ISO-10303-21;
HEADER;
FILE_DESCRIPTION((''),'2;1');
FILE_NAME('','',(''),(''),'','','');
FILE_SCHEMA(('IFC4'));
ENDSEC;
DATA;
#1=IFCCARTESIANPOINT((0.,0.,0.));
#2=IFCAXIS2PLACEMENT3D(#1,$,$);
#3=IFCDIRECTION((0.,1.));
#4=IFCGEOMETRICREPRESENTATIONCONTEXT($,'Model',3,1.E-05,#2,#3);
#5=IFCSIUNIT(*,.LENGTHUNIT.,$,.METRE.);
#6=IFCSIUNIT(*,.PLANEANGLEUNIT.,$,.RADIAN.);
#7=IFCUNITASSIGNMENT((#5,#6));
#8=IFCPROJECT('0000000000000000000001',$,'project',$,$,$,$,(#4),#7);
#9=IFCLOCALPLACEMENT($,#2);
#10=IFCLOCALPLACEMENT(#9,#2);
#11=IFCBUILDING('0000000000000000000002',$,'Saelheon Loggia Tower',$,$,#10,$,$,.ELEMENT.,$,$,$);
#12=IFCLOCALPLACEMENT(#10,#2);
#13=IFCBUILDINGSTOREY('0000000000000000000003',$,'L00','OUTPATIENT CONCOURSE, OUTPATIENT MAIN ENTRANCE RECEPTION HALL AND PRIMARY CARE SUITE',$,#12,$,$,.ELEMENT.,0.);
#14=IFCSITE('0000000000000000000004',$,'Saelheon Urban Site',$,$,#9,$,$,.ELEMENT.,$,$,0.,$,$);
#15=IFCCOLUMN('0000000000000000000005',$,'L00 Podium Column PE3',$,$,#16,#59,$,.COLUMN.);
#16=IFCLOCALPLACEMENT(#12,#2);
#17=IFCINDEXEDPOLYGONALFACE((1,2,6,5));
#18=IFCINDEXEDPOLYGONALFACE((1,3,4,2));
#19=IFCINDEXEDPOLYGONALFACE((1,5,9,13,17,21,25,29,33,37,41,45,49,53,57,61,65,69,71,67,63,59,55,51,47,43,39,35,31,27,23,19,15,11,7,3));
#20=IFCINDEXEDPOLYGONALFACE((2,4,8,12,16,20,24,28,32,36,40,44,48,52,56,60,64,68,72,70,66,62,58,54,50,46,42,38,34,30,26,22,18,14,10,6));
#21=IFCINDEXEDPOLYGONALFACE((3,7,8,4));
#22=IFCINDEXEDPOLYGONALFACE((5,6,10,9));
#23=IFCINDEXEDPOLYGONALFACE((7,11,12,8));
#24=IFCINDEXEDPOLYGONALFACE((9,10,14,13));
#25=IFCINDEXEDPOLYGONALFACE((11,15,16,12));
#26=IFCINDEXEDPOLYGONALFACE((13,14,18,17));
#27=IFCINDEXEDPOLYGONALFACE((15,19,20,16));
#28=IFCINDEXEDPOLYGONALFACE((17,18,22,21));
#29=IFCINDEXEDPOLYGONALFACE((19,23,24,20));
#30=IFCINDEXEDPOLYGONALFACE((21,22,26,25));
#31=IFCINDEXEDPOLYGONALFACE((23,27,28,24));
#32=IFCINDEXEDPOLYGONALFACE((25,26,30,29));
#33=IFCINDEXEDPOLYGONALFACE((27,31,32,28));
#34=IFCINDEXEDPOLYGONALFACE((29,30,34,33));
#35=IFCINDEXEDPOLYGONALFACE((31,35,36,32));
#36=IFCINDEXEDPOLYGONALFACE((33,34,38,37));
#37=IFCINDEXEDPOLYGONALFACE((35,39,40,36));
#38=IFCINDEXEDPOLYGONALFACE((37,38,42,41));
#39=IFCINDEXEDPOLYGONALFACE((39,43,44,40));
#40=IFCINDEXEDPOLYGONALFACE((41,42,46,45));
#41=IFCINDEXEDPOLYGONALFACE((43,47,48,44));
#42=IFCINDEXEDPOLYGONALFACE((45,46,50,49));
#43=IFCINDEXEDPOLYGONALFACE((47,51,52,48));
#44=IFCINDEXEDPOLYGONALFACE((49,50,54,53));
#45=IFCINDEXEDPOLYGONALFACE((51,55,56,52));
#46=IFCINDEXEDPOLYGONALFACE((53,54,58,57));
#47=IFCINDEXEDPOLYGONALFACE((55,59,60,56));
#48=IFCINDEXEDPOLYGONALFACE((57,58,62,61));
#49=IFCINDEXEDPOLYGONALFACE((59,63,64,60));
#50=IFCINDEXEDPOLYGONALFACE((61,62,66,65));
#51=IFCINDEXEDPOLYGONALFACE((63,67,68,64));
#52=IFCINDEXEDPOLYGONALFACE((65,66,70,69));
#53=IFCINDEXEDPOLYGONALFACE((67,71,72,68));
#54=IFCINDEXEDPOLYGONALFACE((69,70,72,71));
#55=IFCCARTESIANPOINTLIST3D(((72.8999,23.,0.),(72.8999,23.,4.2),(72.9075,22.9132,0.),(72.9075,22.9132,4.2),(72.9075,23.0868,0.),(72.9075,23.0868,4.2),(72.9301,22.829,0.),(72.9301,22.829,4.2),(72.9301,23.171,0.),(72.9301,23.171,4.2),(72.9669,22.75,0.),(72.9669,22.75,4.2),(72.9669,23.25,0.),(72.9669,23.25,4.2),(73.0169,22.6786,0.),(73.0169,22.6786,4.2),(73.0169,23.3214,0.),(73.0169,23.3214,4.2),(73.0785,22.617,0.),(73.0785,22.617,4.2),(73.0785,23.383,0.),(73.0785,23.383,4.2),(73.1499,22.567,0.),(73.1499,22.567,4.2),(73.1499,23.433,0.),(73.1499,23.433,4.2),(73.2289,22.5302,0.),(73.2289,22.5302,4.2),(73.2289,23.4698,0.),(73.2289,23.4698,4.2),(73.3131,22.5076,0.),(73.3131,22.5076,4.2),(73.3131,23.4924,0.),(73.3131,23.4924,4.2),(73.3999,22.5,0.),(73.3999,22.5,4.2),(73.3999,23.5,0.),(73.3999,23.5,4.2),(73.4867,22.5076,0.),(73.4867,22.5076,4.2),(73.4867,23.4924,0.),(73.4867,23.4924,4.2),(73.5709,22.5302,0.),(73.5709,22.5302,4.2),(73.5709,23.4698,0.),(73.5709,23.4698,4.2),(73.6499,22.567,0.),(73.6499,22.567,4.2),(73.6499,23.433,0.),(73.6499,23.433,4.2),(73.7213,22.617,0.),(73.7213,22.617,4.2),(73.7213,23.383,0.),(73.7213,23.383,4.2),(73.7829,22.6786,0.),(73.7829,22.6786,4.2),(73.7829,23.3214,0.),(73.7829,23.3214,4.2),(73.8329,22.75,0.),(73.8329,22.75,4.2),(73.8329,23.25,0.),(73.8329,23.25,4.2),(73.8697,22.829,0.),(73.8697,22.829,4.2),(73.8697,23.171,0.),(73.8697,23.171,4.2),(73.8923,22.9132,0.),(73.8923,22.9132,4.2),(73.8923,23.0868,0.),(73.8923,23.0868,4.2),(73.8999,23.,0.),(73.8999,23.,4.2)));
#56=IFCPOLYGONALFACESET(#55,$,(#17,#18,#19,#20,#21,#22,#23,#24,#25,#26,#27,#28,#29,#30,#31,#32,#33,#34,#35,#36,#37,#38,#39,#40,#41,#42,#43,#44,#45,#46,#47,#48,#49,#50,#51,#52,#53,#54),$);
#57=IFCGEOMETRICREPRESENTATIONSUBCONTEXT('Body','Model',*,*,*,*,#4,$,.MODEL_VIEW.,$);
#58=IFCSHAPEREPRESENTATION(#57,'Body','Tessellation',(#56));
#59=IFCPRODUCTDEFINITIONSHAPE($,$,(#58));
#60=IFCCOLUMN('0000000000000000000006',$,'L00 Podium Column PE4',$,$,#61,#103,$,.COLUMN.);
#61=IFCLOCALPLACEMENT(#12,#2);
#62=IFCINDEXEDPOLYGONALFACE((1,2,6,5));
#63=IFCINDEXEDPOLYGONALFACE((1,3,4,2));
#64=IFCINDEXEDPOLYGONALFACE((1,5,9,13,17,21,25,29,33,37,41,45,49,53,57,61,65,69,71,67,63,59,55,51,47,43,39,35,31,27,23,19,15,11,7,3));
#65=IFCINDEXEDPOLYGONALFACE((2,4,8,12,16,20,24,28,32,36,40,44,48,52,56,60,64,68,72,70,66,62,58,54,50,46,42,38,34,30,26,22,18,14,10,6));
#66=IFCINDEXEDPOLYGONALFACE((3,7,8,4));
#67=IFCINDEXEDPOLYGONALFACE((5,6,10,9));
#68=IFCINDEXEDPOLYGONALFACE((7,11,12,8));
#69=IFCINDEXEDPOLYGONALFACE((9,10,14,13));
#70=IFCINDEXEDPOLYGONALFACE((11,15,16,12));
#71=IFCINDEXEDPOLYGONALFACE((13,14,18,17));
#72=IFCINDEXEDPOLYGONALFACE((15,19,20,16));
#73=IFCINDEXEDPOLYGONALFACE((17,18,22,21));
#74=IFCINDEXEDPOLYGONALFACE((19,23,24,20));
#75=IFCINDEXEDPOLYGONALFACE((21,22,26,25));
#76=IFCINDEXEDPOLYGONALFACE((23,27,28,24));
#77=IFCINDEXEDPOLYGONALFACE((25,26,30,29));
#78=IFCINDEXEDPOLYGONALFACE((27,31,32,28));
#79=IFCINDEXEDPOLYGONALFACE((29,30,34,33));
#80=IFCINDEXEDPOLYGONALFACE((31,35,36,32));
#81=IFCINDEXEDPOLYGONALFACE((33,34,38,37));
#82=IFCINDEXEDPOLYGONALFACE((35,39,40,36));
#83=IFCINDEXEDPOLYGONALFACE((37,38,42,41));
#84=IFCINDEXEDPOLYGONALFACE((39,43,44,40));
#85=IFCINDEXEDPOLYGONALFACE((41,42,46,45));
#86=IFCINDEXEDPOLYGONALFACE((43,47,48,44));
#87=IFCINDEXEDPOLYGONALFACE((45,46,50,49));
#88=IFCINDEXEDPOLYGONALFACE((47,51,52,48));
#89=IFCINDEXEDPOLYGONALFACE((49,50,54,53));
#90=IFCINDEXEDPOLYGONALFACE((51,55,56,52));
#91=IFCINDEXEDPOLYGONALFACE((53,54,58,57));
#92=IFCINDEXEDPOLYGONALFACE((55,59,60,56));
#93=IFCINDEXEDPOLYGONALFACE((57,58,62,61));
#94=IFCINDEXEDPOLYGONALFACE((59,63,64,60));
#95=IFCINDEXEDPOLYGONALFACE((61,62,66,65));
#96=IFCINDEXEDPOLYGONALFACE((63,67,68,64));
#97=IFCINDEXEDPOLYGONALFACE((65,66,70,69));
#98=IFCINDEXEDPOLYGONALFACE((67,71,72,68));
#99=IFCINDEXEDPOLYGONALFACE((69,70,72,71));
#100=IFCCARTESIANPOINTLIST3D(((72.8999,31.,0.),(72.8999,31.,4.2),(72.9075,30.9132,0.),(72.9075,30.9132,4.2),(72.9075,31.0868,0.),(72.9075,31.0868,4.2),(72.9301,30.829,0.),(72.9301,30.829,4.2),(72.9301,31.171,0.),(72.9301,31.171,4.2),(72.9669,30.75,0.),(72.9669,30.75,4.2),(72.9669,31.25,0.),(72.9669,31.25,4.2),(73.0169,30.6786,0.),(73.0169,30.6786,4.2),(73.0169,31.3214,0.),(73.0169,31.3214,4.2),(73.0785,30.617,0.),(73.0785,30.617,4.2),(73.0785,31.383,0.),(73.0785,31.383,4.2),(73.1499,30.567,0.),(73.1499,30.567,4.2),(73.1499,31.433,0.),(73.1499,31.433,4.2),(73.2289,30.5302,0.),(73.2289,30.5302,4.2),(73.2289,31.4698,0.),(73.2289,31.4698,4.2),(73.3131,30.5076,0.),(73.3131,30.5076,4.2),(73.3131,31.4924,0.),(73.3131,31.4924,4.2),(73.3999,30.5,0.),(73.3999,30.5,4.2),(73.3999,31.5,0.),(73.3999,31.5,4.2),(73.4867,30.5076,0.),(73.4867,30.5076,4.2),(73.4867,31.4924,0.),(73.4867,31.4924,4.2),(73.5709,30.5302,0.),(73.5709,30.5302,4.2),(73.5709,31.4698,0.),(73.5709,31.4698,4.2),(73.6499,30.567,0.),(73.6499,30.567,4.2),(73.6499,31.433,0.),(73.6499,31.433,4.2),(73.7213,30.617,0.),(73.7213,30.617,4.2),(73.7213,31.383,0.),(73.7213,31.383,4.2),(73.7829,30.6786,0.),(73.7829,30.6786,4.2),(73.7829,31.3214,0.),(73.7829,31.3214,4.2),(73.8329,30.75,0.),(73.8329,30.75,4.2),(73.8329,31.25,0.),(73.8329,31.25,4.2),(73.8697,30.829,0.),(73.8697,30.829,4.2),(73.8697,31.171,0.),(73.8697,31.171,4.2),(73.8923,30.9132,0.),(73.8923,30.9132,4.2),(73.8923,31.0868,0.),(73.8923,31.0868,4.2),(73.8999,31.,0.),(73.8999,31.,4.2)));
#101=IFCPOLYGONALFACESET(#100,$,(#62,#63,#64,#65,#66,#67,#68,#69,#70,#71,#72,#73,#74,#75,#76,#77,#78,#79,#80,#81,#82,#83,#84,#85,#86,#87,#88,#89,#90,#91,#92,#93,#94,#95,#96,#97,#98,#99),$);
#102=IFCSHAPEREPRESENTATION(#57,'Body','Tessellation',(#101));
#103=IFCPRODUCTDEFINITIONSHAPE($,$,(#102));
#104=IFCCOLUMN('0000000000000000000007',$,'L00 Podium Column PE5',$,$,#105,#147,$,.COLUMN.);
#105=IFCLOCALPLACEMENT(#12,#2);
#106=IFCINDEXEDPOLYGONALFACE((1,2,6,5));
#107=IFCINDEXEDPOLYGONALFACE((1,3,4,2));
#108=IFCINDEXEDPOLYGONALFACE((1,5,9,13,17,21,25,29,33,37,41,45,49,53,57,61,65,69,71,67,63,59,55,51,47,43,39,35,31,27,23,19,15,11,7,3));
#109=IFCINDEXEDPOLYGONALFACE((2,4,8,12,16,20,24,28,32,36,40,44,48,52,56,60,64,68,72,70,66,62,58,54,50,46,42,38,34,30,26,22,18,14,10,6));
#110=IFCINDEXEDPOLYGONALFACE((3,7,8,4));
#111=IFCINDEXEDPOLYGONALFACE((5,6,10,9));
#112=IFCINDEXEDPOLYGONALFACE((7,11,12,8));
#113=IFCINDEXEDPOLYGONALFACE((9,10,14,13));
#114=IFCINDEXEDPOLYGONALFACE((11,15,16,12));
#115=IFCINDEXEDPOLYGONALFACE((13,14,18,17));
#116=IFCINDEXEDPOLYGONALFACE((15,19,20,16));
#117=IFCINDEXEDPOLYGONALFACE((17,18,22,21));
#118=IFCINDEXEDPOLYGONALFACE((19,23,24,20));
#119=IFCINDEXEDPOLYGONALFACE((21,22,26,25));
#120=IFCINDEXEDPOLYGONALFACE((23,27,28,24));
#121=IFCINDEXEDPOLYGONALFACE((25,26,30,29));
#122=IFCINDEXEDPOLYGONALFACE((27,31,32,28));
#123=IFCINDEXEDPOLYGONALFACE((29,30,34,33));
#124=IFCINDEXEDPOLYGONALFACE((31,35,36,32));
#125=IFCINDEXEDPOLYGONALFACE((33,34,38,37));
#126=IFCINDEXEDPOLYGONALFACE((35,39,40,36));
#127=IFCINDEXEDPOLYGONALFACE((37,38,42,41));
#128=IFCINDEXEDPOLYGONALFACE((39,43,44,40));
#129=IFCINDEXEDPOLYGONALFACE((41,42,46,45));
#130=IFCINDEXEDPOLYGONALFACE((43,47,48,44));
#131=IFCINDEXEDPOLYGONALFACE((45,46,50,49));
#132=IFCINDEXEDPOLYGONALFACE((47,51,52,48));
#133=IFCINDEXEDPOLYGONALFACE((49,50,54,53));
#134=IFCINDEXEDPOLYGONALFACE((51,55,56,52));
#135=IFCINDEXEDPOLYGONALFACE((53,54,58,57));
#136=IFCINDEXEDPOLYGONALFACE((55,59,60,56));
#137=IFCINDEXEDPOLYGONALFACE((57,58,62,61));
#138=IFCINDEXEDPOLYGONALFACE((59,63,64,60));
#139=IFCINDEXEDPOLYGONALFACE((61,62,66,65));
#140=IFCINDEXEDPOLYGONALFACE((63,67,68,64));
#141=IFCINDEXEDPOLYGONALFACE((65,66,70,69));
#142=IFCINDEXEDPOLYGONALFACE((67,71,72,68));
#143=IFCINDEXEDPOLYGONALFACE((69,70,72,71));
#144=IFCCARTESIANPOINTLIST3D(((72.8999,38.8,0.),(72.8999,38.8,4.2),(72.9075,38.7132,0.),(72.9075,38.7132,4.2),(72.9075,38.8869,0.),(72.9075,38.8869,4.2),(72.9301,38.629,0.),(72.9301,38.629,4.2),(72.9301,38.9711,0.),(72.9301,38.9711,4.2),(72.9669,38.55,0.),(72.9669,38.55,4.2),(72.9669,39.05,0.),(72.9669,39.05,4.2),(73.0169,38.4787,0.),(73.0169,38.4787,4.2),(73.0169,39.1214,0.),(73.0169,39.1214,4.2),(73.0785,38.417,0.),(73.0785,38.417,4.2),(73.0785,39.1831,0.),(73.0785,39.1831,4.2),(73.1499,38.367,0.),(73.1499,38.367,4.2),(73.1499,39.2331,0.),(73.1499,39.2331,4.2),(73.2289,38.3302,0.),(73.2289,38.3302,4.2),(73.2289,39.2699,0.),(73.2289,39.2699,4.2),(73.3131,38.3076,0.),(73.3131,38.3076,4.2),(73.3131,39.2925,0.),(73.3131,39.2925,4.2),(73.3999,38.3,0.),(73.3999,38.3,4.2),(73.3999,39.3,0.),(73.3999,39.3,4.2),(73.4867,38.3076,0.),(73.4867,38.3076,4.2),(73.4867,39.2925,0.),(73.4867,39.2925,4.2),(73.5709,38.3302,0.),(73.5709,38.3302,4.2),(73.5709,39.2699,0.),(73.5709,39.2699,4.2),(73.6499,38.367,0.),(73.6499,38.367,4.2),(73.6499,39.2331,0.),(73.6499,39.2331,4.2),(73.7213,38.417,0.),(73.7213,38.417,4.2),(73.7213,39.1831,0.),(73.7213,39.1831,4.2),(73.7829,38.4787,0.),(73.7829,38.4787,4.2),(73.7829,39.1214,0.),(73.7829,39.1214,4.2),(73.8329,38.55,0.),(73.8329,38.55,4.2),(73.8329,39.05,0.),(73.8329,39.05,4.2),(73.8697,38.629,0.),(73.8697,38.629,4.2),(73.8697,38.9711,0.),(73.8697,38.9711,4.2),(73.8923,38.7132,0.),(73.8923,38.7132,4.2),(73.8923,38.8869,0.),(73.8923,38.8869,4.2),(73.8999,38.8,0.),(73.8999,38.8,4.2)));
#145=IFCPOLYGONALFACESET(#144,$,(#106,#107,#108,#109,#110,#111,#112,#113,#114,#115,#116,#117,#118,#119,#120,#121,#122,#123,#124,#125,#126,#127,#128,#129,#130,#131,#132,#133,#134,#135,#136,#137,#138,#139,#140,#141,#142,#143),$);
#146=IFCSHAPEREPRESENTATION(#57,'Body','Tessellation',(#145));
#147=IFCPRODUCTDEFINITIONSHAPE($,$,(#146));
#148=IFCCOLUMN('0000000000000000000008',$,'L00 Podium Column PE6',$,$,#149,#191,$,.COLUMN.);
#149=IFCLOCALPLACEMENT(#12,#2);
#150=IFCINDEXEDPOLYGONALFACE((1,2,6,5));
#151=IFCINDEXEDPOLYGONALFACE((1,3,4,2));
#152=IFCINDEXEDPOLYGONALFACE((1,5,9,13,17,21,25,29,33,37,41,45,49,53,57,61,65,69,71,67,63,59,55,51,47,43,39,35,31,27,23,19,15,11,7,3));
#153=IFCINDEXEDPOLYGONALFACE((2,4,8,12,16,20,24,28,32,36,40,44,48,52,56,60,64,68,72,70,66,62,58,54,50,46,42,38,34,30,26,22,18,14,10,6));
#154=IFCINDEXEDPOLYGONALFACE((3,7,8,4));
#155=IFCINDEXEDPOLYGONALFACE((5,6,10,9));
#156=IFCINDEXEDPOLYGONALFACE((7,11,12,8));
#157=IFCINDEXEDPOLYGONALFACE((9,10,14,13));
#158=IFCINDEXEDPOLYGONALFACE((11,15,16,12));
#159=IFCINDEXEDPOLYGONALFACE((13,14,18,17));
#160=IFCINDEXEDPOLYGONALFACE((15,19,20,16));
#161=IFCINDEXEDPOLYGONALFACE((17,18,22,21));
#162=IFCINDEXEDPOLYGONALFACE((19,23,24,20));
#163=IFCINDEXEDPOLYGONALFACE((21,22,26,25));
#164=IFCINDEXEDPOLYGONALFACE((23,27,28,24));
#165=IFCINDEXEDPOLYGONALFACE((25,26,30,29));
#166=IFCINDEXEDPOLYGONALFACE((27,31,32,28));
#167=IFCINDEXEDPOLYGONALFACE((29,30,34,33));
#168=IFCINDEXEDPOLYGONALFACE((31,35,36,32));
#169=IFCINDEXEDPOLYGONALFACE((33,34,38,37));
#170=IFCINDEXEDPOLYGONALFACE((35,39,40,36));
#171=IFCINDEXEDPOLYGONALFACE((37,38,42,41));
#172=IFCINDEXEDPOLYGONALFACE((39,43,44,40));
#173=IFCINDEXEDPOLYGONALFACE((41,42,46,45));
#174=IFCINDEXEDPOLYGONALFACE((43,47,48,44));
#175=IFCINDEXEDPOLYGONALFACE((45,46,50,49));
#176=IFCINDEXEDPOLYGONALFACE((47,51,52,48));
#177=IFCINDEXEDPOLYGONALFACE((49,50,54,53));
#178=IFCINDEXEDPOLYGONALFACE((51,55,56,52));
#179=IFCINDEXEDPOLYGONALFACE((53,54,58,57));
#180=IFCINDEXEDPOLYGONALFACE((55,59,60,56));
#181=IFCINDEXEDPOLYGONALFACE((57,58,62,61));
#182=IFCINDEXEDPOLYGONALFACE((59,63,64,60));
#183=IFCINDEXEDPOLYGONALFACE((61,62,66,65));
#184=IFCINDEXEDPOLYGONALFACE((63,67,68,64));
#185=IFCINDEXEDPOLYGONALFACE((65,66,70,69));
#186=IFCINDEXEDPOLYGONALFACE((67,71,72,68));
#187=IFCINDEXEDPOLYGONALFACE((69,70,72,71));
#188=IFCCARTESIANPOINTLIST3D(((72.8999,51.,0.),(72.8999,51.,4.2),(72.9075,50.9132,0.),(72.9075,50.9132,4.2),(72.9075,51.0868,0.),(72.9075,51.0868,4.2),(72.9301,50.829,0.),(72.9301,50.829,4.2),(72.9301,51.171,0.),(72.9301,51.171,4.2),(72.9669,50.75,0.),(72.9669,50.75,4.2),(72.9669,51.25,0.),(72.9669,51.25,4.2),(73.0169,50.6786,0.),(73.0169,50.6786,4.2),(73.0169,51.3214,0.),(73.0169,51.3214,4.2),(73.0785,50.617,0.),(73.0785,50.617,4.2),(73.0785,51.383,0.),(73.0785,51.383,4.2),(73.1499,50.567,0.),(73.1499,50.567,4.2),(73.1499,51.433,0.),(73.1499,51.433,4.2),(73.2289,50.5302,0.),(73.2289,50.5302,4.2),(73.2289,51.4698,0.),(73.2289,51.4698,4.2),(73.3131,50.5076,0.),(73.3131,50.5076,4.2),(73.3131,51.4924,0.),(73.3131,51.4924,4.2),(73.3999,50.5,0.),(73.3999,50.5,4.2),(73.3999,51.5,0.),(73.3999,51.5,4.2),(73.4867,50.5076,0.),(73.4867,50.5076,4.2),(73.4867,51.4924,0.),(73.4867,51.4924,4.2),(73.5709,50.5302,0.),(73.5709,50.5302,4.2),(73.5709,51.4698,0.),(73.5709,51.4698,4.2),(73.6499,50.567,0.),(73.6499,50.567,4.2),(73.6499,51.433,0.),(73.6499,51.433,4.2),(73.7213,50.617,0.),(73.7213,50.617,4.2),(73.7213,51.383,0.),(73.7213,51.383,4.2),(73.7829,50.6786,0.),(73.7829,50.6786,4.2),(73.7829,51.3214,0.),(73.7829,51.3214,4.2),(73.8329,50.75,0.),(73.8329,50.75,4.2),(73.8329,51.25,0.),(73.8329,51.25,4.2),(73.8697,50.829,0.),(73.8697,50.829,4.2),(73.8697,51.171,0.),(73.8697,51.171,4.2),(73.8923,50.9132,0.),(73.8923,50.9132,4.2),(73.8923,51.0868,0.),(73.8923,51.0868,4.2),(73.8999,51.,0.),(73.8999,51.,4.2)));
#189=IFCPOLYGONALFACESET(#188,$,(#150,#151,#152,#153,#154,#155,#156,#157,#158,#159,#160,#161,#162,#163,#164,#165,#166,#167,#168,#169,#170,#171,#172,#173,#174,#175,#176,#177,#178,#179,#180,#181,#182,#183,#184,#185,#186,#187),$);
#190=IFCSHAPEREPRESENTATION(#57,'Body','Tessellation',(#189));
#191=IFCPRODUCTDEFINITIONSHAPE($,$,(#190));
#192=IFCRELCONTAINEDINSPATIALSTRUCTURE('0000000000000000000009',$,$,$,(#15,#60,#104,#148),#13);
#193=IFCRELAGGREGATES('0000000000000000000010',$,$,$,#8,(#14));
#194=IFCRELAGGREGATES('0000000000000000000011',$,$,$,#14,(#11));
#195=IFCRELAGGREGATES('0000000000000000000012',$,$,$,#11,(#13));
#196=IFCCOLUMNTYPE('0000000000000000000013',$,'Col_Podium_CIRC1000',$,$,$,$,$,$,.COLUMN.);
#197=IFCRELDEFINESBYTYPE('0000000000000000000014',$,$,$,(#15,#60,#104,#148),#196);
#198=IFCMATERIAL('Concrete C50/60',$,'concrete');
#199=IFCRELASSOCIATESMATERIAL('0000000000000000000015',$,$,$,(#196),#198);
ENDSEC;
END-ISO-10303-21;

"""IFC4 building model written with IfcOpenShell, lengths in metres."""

from ifc_helpers import new_model, si_unit, direction, frame, origin, origin_2d, place, context, subcontext, project, spatial, circle, extrude, source, transform, mapped, material, material_profile, profile_set, type_object, element, save


model = new_model("IFC4")

# Units and contexts
model_context = context("Model", 3, precision=1e-05, world=origin(), true_north=direction((0.0, 1.0)))
body_context = subcontext(model_context, "Body", "Model", "MODEL_VIEW")
ifc_project = project(units=[si_unit("LENGTHUNIT", "METRE"), si_unit("PLANEANGLEUNIT", "RADIAN")], contexts=[model_context])

# Site, building, storey
site_placement = place(None, origin())
site = spatial("IfcSite", under=ifc_project, at=site_placement, Name="Saelheon Urban Site", CompositionType="ELEMENT", RefElevation=0.0)
building_placement = place(site_placement, origin())
building = spatial("IfcBuilding", under=site, at=building_placement, Name="Saelheon Loggia Tower", CompositionType="ELEMENT")
storey_placement = place(building_placement, origin())
storey = spatial("IfcBuildingStorey", under=building, at=storey_placement, Name="L00", Description="OUTPATIENT CONCOURSE, OUTPATIENT MAIN ENTRANCE RECEPTION HALL AND PRIMARY CARE SUITE", CompositionType="ELEMENT", Elevation=0.0)

# Columns
ifc_material_1 = material(Name="Concrete C50/60", Category="concrete")
ifc_material_profile_1 = material_profile(ifc_material_1, circle(Radius=0.5, at=origin_2d()), Name="CIRC-1000")
ifc_profile_set_1 = profile_set([ifc_material_profile_1], Name="Concrete C50/60")
column_type_1 = type_object("IfcColumnType", Name="Col_Podium_CIRC1000", PredefinedType="COLUMN", material=ifc_profile_set_1)
shared_shape_1 = source(origin(), body_context, "Body", "SweptSolid", [
    extrude(circle(Radius=0.5, at=origin_2d()), origin(), (0.0, 0.0, 1.0), 4.2),
])
for number, where, z_axis, x_axis, name in (
    (1, (73.3999, 23.0, 0.0), (0.0, 0.0, 1.0), (1.0, 0.0, 0.0), "L00 Podium Column PE3"),
    (2, (73.3999, 31.0, 0.0), (0.0, 0.0, 1.0), (1.0, 0.0, 0.0), "L00 Podium Column PE4"),
    (3, (73.3999, 38.8, 0.0), (0.0, 0.0, 1.0), (1.0, 0.0, 0.0), "L00 Podium Column PE5"),
    (4, (73.3999, 51.0, 0.0), (0.0, 0.0, 1.0), (1.0, 0.0, 0.0), "L00 Podium Column PE6"),
):
    element("IfcColumn", number, at=place(storey_placement, frame(where, z_axis=z_axis, x_axis=x_axis)), inside=storey, type_object=column_type_1, Name=name, PredefinedType="COLUMN", context=body_context, shape_type="MappedRepresentation", body=[
        mapped(shared_shape_1, transform((0.0, 0.0, 0.0), scale=1.0)),
    ])

save(model, "model.ifc")
